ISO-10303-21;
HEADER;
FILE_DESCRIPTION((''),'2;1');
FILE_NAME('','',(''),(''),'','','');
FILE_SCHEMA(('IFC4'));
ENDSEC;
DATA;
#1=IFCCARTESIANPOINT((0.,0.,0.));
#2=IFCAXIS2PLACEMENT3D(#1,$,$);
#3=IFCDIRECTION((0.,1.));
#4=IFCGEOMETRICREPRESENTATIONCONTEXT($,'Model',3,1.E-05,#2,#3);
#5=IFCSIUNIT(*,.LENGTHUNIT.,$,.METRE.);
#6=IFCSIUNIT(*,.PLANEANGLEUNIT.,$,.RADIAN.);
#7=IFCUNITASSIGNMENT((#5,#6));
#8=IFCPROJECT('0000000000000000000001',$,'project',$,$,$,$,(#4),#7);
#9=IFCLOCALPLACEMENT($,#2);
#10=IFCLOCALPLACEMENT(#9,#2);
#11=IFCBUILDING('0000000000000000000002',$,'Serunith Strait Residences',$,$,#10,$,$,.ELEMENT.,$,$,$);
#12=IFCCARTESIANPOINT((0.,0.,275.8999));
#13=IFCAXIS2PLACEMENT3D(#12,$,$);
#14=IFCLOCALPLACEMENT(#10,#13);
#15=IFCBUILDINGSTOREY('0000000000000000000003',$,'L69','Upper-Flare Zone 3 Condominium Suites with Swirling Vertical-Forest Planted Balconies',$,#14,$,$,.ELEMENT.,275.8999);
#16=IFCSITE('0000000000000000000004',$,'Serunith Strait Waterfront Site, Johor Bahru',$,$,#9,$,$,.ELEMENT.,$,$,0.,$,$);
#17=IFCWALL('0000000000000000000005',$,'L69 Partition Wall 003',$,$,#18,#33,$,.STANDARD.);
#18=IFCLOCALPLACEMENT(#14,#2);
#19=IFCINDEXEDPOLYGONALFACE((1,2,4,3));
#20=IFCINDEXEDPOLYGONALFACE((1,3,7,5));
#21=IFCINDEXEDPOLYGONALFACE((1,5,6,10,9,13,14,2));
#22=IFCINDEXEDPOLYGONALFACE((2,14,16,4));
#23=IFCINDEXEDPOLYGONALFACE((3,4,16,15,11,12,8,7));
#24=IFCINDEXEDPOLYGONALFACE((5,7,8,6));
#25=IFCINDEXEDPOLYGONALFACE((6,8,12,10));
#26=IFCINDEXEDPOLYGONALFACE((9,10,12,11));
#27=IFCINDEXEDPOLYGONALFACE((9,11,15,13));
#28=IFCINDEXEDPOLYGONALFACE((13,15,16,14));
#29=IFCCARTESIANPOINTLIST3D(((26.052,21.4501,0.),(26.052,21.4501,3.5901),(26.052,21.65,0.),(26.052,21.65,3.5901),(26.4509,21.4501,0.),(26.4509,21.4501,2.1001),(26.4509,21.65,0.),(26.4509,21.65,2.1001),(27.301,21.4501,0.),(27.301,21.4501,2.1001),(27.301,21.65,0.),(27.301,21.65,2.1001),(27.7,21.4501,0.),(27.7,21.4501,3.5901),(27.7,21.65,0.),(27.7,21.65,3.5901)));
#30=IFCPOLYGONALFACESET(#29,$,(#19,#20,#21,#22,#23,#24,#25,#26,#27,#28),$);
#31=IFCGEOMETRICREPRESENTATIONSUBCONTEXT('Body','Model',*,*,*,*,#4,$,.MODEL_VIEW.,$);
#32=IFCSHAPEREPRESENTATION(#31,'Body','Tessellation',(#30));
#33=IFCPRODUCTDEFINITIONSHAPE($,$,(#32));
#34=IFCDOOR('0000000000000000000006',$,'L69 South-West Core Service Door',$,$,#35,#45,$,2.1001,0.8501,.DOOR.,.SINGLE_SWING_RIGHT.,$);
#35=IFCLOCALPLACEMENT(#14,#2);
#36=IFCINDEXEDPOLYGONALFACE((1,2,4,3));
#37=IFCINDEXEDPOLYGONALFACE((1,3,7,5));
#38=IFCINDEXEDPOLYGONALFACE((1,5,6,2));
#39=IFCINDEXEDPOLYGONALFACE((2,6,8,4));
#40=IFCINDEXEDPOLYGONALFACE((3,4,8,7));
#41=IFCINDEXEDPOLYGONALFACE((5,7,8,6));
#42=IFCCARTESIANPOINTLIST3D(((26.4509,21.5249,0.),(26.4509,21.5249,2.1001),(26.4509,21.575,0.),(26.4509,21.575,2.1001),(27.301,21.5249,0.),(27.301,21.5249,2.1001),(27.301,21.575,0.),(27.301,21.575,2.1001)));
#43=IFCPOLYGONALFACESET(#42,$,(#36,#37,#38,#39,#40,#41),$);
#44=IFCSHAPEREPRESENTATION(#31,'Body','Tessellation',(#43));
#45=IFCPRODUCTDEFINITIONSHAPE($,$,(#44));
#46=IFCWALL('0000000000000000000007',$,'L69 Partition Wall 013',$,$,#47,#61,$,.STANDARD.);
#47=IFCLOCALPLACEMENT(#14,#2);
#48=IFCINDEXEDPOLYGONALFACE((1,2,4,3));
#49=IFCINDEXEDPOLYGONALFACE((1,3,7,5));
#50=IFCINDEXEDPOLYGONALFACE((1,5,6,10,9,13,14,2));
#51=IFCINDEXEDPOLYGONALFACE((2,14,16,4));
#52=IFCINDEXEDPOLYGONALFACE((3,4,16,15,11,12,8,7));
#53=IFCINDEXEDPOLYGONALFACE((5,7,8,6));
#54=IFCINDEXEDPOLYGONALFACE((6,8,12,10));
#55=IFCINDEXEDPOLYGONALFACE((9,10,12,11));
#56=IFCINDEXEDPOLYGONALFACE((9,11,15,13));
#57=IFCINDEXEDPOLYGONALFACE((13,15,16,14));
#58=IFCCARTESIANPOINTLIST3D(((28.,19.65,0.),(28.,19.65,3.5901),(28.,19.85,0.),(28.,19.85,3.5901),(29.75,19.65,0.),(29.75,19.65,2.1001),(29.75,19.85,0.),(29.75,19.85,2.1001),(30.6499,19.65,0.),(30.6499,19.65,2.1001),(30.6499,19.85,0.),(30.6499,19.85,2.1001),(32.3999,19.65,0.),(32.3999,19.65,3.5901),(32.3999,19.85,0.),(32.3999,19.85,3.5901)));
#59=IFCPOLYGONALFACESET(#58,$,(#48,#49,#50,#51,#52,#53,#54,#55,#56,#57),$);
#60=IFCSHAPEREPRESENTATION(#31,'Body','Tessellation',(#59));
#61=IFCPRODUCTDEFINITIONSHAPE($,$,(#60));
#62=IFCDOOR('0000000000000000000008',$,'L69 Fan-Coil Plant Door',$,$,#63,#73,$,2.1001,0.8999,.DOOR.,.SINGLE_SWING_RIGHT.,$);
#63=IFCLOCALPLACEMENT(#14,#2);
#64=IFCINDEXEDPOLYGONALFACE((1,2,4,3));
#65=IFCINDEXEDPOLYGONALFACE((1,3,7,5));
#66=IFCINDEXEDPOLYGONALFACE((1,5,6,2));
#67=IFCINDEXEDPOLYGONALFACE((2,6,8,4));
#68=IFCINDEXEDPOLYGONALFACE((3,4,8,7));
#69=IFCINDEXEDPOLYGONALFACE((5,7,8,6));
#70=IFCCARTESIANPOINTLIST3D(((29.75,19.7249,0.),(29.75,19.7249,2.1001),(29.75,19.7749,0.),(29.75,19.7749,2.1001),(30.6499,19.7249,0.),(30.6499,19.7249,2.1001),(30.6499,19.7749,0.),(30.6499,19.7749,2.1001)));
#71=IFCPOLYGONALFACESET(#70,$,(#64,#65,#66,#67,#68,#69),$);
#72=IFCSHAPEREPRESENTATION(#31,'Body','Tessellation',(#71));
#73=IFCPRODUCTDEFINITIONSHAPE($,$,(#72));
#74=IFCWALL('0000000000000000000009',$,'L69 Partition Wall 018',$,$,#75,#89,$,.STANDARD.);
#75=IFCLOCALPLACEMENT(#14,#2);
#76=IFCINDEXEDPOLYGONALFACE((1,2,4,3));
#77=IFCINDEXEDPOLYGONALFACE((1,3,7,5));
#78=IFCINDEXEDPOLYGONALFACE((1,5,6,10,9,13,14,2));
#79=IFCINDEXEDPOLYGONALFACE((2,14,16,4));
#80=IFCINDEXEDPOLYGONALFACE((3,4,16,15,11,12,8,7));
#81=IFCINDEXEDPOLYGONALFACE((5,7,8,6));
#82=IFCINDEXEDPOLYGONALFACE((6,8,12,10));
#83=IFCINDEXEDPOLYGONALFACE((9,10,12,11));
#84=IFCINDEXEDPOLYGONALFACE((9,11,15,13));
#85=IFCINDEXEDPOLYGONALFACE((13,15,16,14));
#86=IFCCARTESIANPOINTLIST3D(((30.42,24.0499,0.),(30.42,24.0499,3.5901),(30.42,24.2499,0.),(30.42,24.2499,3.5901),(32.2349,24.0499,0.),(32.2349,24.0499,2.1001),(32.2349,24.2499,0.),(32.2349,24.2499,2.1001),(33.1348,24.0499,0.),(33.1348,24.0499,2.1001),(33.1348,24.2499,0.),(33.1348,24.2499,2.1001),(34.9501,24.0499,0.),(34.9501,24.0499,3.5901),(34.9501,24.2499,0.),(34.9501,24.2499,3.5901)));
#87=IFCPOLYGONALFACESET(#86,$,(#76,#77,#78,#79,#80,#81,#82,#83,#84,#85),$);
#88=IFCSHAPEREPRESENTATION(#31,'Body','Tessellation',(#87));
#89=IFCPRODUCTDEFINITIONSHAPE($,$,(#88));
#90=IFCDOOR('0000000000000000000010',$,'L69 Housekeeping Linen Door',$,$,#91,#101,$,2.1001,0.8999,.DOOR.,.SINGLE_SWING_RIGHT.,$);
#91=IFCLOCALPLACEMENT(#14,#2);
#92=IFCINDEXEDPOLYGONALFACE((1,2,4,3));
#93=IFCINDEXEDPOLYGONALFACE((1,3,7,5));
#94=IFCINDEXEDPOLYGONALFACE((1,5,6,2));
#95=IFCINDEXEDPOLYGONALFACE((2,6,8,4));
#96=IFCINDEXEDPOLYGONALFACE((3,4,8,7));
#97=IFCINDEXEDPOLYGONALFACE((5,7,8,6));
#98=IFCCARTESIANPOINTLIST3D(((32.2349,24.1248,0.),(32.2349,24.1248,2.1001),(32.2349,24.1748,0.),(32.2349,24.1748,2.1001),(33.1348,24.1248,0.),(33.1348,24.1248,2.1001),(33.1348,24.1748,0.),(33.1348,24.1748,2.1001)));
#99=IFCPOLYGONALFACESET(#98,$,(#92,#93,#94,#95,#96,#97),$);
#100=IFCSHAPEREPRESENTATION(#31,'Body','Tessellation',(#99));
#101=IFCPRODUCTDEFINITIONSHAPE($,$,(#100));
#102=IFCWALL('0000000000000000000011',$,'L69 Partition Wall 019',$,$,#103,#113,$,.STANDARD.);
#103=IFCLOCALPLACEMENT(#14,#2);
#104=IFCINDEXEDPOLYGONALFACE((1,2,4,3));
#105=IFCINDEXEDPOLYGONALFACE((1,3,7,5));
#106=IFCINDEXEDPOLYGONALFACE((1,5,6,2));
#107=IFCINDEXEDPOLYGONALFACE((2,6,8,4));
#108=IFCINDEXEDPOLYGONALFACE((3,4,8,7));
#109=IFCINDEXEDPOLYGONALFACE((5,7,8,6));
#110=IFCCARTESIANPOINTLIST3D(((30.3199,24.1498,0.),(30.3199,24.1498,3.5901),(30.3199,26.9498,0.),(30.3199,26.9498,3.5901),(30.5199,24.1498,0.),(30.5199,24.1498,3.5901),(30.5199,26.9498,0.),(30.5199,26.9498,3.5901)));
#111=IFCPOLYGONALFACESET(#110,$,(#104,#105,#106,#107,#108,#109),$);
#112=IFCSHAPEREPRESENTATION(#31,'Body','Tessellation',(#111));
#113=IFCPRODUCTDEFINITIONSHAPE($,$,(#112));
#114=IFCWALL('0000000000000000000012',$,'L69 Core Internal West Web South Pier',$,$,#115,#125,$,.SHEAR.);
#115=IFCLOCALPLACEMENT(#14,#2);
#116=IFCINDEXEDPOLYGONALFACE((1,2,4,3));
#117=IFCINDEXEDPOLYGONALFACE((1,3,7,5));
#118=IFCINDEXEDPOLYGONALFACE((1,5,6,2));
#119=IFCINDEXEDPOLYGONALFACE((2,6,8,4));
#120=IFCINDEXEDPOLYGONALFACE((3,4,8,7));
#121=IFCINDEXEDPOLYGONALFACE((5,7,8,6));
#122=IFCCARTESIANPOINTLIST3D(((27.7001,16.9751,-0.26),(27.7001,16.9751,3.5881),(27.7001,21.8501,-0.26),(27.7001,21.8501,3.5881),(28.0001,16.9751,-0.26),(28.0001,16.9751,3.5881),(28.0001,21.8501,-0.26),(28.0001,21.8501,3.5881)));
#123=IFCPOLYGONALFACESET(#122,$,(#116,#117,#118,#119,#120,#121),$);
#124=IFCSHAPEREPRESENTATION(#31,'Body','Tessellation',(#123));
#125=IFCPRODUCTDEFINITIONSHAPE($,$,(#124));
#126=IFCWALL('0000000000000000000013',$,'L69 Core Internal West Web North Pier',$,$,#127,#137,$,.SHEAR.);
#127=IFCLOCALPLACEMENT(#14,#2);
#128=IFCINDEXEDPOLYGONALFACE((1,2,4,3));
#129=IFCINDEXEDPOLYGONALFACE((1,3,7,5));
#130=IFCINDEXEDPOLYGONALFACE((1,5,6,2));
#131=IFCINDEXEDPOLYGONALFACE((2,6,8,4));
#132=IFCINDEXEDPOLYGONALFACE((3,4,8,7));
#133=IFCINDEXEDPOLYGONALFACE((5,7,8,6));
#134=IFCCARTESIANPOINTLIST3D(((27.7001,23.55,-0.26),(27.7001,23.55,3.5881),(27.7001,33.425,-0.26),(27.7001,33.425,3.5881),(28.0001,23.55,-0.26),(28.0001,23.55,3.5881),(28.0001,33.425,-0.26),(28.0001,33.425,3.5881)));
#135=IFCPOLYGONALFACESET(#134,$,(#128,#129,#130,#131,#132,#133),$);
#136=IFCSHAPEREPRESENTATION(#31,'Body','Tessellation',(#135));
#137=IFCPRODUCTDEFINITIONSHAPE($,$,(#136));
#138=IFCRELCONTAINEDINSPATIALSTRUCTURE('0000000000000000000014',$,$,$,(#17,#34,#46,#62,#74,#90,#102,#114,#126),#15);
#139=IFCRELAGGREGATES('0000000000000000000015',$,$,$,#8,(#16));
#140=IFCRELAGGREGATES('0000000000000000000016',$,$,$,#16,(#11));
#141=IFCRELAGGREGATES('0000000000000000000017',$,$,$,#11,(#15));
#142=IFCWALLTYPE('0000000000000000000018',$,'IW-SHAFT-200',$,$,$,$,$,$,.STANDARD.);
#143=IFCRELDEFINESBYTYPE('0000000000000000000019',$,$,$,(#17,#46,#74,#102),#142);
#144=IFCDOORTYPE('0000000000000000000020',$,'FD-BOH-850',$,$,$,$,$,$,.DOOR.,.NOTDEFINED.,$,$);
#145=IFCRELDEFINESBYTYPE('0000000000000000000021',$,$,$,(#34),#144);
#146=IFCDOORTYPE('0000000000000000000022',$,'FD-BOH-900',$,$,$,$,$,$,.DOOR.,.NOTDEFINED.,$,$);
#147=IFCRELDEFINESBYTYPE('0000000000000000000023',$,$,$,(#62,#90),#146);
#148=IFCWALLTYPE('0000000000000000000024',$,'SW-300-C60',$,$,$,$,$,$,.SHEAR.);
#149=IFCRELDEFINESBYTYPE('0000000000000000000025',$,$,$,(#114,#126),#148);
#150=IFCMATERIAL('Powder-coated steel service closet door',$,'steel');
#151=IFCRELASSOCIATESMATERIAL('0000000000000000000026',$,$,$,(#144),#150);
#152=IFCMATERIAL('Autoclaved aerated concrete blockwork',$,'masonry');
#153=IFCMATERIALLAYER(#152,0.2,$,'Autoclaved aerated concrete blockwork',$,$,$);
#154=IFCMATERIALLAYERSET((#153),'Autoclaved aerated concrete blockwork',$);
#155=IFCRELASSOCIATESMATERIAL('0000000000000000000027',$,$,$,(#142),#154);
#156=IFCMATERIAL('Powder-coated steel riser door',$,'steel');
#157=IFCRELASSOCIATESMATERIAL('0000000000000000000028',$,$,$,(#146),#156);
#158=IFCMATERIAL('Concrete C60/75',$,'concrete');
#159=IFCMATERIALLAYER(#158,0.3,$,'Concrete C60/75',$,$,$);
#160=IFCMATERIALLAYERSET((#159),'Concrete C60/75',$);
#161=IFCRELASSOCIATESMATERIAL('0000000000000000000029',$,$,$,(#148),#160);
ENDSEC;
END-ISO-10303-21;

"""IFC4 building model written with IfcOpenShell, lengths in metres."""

from ifc_helpers import new_model, si_unit, direction, frame, frame_2d, origin, place, context, subcontext, project, spatial, rectangle, extrude, source, transform, mapped, material, layer, layer_set, type_object, element, fill, save


model = new_model("IFC4")

# Units and contexts
model_context = context("Model", 3, precision=1e-05, world=origin(), true_north=direction((0.0, 1.0)))
body_context = subcontext(model_context, "Body", "Model", "MODEL_VIEW")
ifc_project = project(units=[si_unit("LENGTHUNIT", "METRE"), si_unit("PLANEANGLEUNIT", "RADIAN")], contexts=[model_context])

# Site, building, storey
site_placement = place(None, origin())
site = spatial("IfcSite", under=ifc_project, at=site_placement, Name="Serunith Strait Waterfront Site, Johor Bahru", CompositionType="ELEMENT", RefElevation=0.0)
building_placement = place(site_placement, origin())
building = spatial("IfcBuilding", under=site, at=building_placement, Name="Serunith Strait Residences", CompositionType="ELEMENT")
storey_placement = place(building_placement, frame((0.0, 0.0, 275.8999)))
storey = spatial("IfcBuildingStorey", under=building, at=storey_placement, Name="L69", Description="Upper-Flare Zone 3 Condominium Suites with Swirling Vertical-Forest Planted Balconies", CompositionType="ELEMENT", Elevation=275.8999)

# Shared definitions
ifc_material_1 = material(Name="Powder-coated steel service closet door", Category="steel")
door_type_1 = type_object("IfcDoorType", Name="FD-BOH-850", OperationType="NOTDEFINED", PredefinedType="DOOR", material=ifc_material_1)
shared_shape_1 = source(origin(), body_context, "Body", "SweptSolid", [
    extrude(rectangle(XDim=0.8501, YDim=2.1001, at=frame_2d((0.425, 1.05))), frame((0.0, 0.0249, 0.0), z_axis=(0.0, -1.0, 0.0), x_axis=(1.0, 0.0, 0.0)), (0.0, 0.0, 1.0), 0.05),
])
shared_shape_2 = source(origin(), body_context, "Body", "SweptSolid", [
    extrude(rectangle(XDim=0.8999, YDim=2.1001, at=frame_2d((0.45, 1.05))), frame((0.0, 0.0249, 0.0), z_axis=(0.0, -1.0, 0.0), x_axis=(1.0, 0.0, 0.0)), (0.0, 0.0, 1.0), 0.05),
])
ifc_material_2 = material(Name="Autoclaved aerated concrete blockwork", Category="masonry")
ifc_layer_1 = layer(ifc_material_2, 0.2, Name="Autoclaved aerated concrete blockwork")
ifc_layer_set_1 = layer_set([ifc_layer_1], Name="Autoclaved aerated concrete blockwork")
wall_type_1 = type_object("IfcWallType", Name="IW-SHAFT-200", PredefinedType="STANDARD", material=ifc_layer_set_1)

# Walls, openings, doors
wall_1_placement = place(storey_placement, frame((26.052, 21.55, 0.0), z_axis=(0.0, 0.0, 1.0), x_axis=(1.0, 0.0, 0.0)))
wall_1 = element("IfcWall", 1, at=wall_1_placement, inside=storey, type_object=wall_type_1, Name="L69 Partition Wall 003", PredefinedType="STANDARD", context=body_context, shape_type="SweptSolid", body=[
    extrude(rectangle(XDim=1.6479, YDim=0.2, at=frame_2d((0.824, 0.0))), origin(), (0.0, 0.0, 1.0), 3.5901),
])
opening_1_placement = place(wall_1_placement, frame((0.3989, 0.0, 0.0)))
opening_1 = element("IfcOpeningElement", 2, at=opening_1_placement, cuts=wall_1, PredefinedType="OPENING", context=body_context, shape_type="SweptSolid", body=[
    extrude(rectangle(XDim=0.8501, YDim=2.1001, at=frame_2d((0.425, 1.05))), frame((0.0, 0.1099, 0.0), z_axis=(0.0, -1.0, 0.0), x_axis=(1.0, 0.0, 0.0)), (0.0, 0.0, 1.0), 0.22),
])
door_1_placement = place(opening_1_placement, origin())
door_1 = element("IfcDoor", 3, at=door_1_placement, inside=storey, type_object=door_type_1, Name="L69 South-West Core Service Door", OperationType="SINGLE_SWING_RIGHT", OverallHeight=2.1001, OverallWidth=0.8501, PredefinedType="DOOR", context=body_context, shape_type="MappedRepresentation", body=[
    mapped(shared_shape_1, transform((0.0, 0.0, 0.0), scale=1.0)),
])
fill(opening_1, door_1)
wall_2_placement = place(storey_placement, frame((28.0, 19.75, 0.0), z_axis=(0.0, 0.0, 1.0), x_axis=(1.0, 0.0, 0.0)))
wall_2 = element("IfcWall", 4, at=wall_2_placement, inside=storey, type_object=wall_type_1, Name="L69 Partition Wall 013", PredefinedType="STANDARD", context=body_context, shape_type="SweptSolid", body=[
    extrude(rectangle(XDim=4.3999, YDim=0.2, at=frame_2d((2.2, 0.0))), origin(), (0.0, 0.0, 1.0), 3.5901),
])
opening_2_placement = place(wall_2_placement, frame((1.75, 0.0, 0.0)))
opening_2 = element("IfcOpeningElement", 5, at=opening_2_placement, cuts=wall_2, PredefinedType="OPENING", context=body_context, shape_type="SweptSolid", body=[
    extrude(rectangle(XDim=0.8999, YDim=2.1001, at=frame_2d((0.45, 1.05))), frame((0.0, 0.1099, 0.0), z_axis=(0.0, -1.0, 0.0), x_axis=(1.0, 0.0, 0.0)), (0.0, 0.0, 1.0), 0.22),
])
ifc_material_3 = material(Name="Powder-coated steel riser door", Category="steel")
door_type_2 = type_object("IfcDoorType", Name="FD-BOH-900", OperationType="NOTDEFINED", PredefinedType="DOOR", material=ifc_material_3)
door_2_placement = place(opening_2_placement, origin())
door_2 = element("IfcDoor", 6, at=door_2_placement, inside=storey, type_object=door_type_2, Name="L69 Fan-Coil Plant Door", OperationType="SINGLE_SWING_RIGHT", OverallHeight=2.1001, OverallWidth=0.8999, PredefinedType="DOOR", context=body_context, shape_type="MappedRepresentation", body=[
    mapped(shared_shape_2, transform((0.0, 0.0, 0.0), scale=1.0)),
])
fill(opening_2, door_2)
wall_3_placement = place(storey_placement, frame((30.4199, 24.1499, 0.0), z_axis=(0.0, 0.0, 1.0), x_axis=(1.0, 0.0, 0.0)))
wall_3 = element("IfcWall", 7, at=wall_3_placement, inside=storey, type_object=wall_type_1, Name="L69 Partition Wall 018", PredefinedType="STANDARD", context=body_context, shape_type="SweptSolid", body=[
    extrude(rectangle(XDim=4.53, YDim=0.2, at=frame_2d((2.2651, 0.0))), origin(), (0.0, 0.0, 1.0), 3.5901),
])
opening_3_placement = place(wall_3_placement, frame((1.8149, 0.0, 0.0)))
opening_3 = element("IfcOpeningElement", 8, at=opening_3_placement, cuts=wall_3, PredefinedType="OPENING", context=body_context, shape_type="SweptSolid", body=[
    extrude(rectangle(XDim=0.8999, YDim=2.1001, at=frame_2d((0.45, 1.05))), frame((0.0, 0.1099, 0.0), z_axis=(0.0, -1.0, 0.0), x_axis=(1.0, 0.0, 0.0)), (0.0, 0.0, 1.0), 0.22),
])
door_3_placement = place(opening_3_placement, origin())
door_3 = element("IfcDoor", 9, at=door_3_placement, inside=storey, type_object=door_type_2, Name="L69 Housekeeping Linen Door", OperationType="SINGLE_SWING_RIGHT", OverallHeight=2.1001, OverallWidth=0.8999, PredefinedType="DOOR", context=body_context, shape_type="MappedRepresentation", body=[
    mapped(shared_shape_2, transform((0.0, 0.0, 0.0), scale=1.0)),
])
fill(opening_3, door_3)

# Walls
wall_4_placement = place(storey_placement, frame((30.4199, 24.1499, 0.0), z_axis=(0.0, 0.0, 1.0), x_axis=(0.0, 1.0, 0.0)))
element("IfcWall", 10, at=wall_4_placement, inside=storey, type_object=wall_type_1, Name="L69 Partition Wall 019", PredefinedType="STANDARD", context=body_context, shape_type="SweptSolid", body=[
    extrude(rectangle(XDim=2.8, YDim=0.2, at=frame_2d((1.3999, 0.0))), origin(), (0.0, 0.0, 1.0), 3.5901),
])
ifc_material_4 = material(Name="Concrete C60/75", Category="concrete")
ifc_layer_2 = layer(ifc_material_4, 0.3, Name="Concrete C60/75")
ifc_layer_set_2 = layer_set([ifc_layer_2], Name="Concrete C60/75")
wall_type_2 = type_object("IfcWallType", Name="SW-300-C60", PredefinedType="SHEAR", material=ifc_layer_set_2)
wall_5_placement = place(storey_placement, frame((27.8501, 16.9751, -0.26), z_axis=(0.0, 0.0, 1.0), x_axis=(0.0, 1.0, 0.0)))
element("IfcWall", 11, at=wall_5_placement, inside=storey, type_object=wall_type_2, Name="L69 Core Internal West Web South Pier", PredefinedType="SHEAR", context=body_context, shape_type="SweptSolid", body=[
    extrude(rectangle(XDim=4.875, YDim=0.3, at=frame_2d((2.4375, 0.0))), origin(), (0.0, 0.0, 1.0), 3.8481),
])
wall_6_placement = place(storey_placement, frame((27.8501, 23.55, -0.26), z_axis=(0.0, 0.0, 1.0), x_axis=(0.0, 1.0, 0.0)))
element("IfcWall", 12, at=wall_6_placement, inside=storey, type_object=wall_type_2, Name="L69 Core Internal West Web North Pier", PredefinedType="SHEAR", context=body_context, shape_type="SweptSolid", body=[
    extrude(rectangle(XDim=9.875, YDim=0.3, at=frame_2d((4.9375, 0.0))), origin(), (0.0, 0.0, 1.0), 3.8481),
])

save(model, "model.ifc")
